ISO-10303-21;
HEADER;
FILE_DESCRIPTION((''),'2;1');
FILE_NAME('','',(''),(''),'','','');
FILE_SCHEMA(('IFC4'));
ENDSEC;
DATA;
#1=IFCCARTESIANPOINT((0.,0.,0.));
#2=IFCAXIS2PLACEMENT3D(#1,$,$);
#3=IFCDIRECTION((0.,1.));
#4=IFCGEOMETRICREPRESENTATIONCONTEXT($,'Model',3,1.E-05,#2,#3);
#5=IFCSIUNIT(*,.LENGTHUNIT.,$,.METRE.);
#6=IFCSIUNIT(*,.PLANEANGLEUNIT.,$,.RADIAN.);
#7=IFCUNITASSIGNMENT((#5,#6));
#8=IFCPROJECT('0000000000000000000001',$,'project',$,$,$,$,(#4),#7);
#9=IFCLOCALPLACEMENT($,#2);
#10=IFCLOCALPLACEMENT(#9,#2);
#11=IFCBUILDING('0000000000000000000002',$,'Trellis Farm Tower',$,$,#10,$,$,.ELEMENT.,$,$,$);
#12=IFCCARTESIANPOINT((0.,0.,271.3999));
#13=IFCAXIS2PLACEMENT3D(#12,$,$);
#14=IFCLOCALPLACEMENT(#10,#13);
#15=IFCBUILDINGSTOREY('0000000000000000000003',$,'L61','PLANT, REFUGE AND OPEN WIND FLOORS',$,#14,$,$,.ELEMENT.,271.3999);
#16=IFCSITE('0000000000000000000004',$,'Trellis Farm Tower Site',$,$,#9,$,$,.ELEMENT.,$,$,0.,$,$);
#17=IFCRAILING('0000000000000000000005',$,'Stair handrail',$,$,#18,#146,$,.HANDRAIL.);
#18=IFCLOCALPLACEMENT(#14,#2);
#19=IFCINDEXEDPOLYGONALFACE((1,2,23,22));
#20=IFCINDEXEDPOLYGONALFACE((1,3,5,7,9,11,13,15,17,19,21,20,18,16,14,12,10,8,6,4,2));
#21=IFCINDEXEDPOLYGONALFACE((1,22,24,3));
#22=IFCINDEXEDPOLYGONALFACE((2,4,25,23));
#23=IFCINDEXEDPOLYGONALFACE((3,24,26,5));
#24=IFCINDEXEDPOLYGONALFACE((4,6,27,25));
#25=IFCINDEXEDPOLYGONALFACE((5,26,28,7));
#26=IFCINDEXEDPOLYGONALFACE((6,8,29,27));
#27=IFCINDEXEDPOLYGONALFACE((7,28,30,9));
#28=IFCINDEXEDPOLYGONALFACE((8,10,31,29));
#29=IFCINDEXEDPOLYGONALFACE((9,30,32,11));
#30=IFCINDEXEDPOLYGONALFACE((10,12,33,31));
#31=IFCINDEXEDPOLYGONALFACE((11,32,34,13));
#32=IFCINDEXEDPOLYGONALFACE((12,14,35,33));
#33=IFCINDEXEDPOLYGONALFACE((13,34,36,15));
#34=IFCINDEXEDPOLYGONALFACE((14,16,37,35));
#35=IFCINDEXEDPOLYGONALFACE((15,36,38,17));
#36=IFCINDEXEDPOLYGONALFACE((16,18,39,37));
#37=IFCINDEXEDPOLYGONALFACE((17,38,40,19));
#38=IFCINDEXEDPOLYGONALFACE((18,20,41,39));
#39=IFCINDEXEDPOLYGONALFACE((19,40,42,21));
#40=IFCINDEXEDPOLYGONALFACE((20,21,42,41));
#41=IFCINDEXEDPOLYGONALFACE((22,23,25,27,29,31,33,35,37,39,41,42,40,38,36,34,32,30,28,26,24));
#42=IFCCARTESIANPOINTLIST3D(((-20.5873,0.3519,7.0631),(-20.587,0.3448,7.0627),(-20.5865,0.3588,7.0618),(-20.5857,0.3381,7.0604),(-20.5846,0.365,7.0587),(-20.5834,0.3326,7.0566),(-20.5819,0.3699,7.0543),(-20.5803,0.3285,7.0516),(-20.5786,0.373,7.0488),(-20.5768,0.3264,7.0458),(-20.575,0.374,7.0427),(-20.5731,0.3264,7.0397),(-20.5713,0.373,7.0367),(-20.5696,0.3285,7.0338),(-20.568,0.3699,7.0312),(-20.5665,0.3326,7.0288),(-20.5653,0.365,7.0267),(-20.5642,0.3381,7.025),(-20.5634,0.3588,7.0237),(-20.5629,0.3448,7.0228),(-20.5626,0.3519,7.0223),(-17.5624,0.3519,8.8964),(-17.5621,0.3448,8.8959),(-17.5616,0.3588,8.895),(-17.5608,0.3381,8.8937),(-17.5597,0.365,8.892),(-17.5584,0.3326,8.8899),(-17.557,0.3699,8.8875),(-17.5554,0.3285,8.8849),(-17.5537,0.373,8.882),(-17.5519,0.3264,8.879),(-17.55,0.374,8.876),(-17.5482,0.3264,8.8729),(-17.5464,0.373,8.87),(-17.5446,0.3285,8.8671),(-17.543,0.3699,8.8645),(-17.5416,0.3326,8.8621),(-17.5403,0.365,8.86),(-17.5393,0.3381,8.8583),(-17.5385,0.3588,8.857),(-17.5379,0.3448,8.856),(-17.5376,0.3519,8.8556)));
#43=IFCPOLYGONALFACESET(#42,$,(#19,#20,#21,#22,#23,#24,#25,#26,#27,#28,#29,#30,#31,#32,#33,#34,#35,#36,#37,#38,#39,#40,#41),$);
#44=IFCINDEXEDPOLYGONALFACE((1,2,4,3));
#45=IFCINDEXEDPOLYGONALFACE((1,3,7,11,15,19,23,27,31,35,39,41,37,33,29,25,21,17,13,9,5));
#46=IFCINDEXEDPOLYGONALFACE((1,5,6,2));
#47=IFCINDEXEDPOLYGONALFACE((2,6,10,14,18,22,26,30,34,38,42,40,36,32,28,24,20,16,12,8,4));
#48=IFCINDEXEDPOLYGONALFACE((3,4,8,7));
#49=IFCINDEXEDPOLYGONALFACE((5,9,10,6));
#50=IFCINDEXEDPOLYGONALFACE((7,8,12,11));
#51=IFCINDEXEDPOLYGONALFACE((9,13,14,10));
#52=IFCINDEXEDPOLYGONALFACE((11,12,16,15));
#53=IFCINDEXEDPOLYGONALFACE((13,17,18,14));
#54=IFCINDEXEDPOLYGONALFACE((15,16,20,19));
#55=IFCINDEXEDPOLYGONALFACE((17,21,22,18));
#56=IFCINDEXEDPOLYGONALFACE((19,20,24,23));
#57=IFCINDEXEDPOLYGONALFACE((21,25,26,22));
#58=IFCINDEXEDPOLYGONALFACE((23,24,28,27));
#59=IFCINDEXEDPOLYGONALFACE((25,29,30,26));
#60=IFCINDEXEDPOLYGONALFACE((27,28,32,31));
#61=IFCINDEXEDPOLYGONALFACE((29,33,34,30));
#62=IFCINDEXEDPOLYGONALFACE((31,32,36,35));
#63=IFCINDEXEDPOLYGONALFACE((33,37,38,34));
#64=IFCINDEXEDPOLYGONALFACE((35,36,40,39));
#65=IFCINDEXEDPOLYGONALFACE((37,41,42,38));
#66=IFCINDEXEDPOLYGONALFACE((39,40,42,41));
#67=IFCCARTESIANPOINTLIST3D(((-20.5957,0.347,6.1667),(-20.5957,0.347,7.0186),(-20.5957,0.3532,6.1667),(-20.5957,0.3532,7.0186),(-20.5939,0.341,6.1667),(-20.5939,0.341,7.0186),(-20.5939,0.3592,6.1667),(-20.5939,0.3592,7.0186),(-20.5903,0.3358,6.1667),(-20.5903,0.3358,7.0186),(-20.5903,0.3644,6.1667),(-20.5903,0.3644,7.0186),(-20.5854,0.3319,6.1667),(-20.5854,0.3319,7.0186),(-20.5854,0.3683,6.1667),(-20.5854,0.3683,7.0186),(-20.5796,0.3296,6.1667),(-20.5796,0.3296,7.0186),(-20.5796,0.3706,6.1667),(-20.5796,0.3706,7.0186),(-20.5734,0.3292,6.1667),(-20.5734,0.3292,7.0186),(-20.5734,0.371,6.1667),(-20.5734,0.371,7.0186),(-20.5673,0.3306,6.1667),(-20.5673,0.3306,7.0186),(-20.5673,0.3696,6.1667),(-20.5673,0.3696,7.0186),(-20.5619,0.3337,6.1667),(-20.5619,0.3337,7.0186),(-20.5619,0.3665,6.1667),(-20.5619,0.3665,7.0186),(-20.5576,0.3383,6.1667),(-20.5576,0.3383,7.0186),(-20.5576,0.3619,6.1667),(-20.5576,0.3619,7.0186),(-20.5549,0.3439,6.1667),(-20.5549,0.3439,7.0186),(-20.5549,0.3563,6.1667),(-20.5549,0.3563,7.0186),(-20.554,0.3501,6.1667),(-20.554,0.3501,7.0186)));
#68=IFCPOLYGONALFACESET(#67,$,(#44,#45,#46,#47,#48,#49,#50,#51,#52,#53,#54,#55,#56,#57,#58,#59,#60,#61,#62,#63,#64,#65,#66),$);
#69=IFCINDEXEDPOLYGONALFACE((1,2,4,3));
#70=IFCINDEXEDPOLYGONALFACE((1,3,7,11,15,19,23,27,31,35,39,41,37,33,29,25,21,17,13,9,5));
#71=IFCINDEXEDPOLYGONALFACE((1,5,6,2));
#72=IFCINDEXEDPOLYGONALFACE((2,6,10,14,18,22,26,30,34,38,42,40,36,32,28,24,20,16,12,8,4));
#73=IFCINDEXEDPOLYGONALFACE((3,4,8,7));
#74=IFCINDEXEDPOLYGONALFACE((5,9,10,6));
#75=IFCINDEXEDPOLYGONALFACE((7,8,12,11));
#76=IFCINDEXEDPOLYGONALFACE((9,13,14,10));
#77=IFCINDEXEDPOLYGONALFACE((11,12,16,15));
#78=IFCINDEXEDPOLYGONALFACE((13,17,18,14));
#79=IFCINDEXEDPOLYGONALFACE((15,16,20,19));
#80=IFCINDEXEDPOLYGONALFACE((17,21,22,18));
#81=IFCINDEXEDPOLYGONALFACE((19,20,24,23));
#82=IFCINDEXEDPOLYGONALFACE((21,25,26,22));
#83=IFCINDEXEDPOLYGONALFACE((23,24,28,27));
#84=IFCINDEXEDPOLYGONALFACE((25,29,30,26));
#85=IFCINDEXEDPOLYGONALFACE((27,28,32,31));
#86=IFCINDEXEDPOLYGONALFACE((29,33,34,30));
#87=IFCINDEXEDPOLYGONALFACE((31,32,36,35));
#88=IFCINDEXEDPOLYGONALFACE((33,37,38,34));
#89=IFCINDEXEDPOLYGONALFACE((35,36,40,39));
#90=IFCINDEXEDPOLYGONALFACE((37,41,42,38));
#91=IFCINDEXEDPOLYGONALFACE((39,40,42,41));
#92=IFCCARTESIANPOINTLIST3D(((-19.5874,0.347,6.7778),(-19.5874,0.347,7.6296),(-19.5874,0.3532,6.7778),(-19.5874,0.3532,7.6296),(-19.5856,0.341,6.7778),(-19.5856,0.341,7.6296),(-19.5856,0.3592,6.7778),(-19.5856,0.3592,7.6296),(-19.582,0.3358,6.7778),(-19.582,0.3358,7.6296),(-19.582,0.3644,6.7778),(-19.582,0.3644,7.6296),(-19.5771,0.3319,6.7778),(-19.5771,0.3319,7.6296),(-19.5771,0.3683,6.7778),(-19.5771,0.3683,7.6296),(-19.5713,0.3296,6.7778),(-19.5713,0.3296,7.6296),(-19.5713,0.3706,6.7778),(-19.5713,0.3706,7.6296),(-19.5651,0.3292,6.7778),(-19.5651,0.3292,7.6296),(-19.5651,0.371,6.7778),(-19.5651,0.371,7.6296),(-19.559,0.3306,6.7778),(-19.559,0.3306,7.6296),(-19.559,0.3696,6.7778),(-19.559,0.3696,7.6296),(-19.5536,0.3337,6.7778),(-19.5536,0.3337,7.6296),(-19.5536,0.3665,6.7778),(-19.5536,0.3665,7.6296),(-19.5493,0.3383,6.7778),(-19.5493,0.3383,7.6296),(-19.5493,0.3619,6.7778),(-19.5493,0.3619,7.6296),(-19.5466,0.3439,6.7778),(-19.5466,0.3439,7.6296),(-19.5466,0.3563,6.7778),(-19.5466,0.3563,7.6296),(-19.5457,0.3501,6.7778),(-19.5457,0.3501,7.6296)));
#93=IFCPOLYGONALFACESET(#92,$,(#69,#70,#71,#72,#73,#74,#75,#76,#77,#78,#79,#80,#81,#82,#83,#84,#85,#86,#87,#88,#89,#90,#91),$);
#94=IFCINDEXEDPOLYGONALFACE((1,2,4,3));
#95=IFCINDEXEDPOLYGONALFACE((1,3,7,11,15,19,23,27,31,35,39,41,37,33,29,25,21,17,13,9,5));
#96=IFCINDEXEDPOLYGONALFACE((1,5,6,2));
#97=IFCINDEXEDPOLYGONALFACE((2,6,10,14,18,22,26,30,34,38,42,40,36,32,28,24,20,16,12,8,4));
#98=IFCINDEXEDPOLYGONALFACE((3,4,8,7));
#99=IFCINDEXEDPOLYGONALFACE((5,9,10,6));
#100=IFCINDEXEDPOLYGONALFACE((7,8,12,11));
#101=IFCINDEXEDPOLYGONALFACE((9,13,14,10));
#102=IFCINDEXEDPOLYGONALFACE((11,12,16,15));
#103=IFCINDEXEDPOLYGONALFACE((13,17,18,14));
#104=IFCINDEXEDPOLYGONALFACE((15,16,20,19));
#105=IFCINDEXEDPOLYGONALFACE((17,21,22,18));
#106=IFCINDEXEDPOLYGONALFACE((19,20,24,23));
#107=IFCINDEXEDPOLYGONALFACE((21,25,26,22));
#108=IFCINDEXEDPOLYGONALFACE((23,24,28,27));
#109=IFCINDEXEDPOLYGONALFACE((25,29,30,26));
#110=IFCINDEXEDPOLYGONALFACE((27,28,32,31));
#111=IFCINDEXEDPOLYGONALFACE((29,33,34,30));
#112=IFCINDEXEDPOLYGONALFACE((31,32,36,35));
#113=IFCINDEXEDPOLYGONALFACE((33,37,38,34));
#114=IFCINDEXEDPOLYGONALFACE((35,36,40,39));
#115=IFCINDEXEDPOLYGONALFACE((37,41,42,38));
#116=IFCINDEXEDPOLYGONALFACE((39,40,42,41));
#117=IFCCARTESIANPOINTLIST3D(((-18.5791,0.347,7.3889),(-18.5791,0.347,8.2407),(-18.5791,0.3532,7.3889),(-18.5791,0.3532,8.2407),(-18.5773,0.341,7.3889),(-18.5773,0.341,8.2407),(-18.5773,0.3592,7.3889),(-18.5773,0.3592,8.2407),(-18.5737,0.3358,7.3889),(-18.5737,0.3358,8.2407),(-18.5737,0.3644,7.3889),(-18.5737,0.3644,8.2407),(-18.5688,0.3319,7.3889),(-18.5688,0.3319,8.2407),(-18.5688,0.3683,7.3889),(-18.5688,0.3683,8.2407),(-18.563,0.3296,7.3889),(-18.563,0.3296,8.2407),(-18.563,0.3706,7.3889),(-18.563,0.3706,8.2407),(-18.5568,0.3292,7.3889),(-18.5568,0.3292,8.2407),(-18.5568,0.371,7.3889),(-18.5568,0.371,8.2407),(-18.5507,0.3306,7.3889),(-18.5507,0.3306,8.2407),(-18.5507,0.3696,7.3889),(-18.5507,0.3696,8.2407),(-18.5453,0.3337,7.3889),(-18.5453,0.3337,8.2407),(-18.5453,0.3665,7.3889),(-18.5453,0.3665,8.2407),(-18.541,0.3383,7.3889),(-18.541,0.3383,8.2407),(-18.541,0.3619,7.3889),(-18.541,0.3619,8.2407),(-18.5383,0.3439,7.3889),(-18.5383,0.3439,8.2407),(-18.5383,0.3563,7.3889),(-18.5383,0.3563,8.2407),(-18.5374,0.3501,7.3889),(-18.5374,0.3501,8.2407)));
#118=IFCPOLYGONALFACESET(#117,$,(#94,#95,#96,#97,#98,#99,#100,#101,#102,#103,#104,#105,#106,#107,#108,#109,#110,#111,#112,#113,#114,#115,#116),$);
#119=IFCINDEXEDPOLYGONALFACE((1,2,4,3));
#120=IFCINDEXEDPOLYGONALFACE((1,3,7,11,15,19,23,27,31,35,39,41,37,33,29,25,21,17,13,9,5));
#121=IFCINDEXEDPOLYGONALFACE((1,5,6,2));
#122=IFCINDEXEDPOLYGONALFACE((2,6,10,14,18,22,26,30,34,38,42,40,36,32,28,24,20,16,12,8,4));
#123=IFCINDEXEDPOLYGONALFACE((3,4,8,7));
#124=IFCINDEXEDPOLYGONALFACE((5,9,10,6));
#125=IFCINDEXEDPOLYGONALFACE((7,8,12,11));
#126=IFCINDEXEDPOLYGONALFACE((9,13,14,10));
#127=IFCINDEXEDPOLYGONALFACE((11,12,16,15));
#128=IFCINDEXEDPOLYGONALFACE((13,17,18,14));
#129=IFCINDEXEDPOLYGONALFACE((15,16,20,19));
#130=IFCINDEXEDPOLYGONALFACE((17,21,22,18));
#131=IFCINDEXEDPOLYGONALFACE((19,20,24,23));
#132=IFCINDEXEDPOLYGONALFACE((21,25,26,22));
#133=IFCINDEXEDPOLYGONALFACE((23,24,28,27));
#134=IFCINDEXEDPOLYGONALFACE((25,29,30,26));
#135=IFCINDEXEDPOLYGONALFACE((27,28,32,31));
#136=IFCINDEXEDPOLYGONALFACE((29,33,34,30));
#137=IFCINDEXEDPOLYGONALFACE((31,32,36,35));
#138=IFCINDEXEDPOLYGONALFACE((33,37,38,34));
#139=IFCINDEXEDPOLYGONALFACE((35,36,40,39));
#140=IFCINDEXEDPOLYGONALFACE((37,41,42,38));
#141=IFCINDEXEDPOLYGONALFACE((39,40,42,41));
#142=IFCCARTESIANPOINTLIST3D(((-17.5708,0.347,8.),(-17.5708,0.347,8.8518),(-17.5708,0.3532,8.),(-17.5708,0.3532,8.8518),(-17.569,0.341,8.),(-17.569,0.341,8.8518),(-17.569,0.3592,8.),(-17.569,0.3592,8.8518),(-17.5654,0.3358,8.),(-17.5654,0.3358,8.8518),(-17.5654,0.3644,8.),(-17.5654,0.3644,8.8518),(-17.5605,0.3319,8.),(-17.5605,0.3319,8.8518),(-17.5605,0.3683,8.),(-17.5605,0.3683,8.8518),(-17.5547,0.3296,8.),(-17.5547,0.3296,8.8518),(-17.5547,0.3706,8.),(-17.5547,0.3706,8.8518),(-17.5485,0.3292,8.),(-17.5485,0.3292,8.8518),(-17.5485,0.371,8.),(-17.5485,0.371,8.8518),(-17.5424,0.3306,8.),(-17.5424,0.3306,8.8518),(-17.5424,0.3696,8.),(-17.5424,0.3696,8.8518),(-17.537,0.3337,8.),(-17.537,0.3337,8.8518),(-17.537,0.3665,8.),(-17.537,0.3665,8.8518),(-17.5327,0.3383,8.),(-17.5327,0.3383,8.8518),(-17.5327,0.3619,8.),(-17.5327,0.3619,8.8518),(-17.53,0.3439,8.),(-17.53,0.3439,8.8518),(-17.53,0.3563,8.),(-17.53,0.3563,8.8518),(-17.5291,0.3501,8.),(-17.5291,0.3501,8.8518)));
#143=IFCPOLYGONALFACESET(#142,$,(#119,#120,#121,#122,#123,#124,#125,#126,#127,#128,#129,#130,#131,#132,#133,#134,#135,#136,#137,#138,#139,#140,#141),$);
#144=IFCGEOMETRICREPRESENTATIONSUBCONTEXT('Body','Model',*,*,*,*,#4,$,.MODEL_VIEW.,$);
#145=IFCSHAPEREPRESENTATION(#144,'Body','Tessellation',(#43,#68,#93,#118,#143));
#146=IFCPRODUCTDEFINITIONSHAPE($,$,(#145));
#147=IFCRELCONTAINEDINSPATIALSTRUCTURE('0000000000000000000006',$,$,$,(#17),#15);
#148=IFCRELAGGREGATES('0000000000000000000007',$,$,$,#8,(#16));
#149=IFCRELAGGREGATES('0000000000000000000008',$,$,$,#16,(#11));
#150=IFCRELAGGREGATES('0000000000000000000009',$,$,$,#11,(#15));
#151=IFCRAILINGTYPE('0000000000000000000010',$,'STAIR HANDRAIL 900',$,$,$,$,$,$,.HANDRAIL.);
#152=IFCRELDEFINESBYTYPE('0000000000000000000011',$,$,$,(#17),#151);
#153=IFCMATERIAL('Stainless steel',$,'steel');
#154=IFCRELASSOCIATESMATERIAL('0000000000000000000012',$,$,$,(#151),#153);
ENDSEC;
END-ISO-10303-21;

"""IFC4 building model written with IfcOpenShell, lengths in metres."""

from ifc_helpers import new_model, si_unit, direction, frame, origin, origin_2d, place, context, subcontext, project, spatial, circle, extrude, source, transform, mapped, material, type_object, element, save


model = new_model("IFC4")

# Units and contexts
model_context = context("Model", 3, precision=1e-05, world=origin(), true_north=direction((0.0, 1.0)))
body_context = subcontext(model_context, "Body", "Model", "MODEL_VIEW")
ifc_project = project(units=[si_unit("LENGTHUNIT", "METRE"), si_unit("PLANEANGLEUNIT", "RADIAN")], contexts=[model_context])

# Site, building, storey
site_placement = place(None, origin())
site = spatial("IfcSite", under=ifc_project, at=site_placement, Name="Trellis Farm Tower Site", CompositionType="ELEMENT", RefElevation=0.0)
building_placement = place(site_placement, origin())
building = spatial("IfcBuilding", under=site, at=building_placement, Name="Trellis Farm Tower", CompositionType="ELEMENT")
storey_placement = place(building_placement, frame((0.0, 0.0, 271.3999)))
storey = spatial("IfcBuildingStorey", under=building, at=storey_placement, Name="L61", Description="PLANT, REFUGE AND OPEN WIND FLOORS", CompositionType="ELEMENT", Elevation=271.3999)

# Railing
ifc_material_1 = material(Name="Stainless steel", Category="steel")
railing_type_1 = type_object("IfcRailingType", Name="STAIR HANDRAIL 900", PredefinedType="HANDRAIL", material=ifc_material_1)
shared_shape_1 = source(origin(), body_context, "Body", "SweptSolid", [
    extrude(circle(Radius=0.0239, at=origin_2d()), frame((0.0, 0.0, 0.876), z_axis=(0.855201, 0.0, 0.518297), x_axis=(0.0, 1.0, 0.0)), (0.0, 0.0, 1.0), 3.5371),
    extrude(circle(Radius=0.021, at=origin_2d()), origin(), (0.0, 0.0, 1.0), 0.8518),
    extrude(circle(Radius=0.021, at=origin_2d()), frame((1.0083, 0.0, 0.6111)), (0.0, 0.0, 1.0), 0.8518),
    extrude(circle(Radius=0.021, at=origin_2d()), frame((2.0166, 0.0, 1.2222)), (0.0, 0.0, 1.0), 0.8518),
    extrude(circle(Radius=0.021, at=origin_2d()), frame((3.0249, 0.0, 1.8333)), (0.0, 0.0, 1.0), 0.8518),
])
for number, where, name in (
    (1, (-20.575, 0.3501, 6.1667), "Stair handrail"),
):
    element("IfcRailing", number, at=place(storey_placement, frame(where)), inside=storey, type_object=railing_type_1, Name=name, PredefinedType="HANDRAIL", context=body_context, shape_type="MappedRepresentation", body=[
        mapped(shared_shape_1, transform((0.0, 0.0, 0.0))),
    ])

save(model, "model.ifc")
